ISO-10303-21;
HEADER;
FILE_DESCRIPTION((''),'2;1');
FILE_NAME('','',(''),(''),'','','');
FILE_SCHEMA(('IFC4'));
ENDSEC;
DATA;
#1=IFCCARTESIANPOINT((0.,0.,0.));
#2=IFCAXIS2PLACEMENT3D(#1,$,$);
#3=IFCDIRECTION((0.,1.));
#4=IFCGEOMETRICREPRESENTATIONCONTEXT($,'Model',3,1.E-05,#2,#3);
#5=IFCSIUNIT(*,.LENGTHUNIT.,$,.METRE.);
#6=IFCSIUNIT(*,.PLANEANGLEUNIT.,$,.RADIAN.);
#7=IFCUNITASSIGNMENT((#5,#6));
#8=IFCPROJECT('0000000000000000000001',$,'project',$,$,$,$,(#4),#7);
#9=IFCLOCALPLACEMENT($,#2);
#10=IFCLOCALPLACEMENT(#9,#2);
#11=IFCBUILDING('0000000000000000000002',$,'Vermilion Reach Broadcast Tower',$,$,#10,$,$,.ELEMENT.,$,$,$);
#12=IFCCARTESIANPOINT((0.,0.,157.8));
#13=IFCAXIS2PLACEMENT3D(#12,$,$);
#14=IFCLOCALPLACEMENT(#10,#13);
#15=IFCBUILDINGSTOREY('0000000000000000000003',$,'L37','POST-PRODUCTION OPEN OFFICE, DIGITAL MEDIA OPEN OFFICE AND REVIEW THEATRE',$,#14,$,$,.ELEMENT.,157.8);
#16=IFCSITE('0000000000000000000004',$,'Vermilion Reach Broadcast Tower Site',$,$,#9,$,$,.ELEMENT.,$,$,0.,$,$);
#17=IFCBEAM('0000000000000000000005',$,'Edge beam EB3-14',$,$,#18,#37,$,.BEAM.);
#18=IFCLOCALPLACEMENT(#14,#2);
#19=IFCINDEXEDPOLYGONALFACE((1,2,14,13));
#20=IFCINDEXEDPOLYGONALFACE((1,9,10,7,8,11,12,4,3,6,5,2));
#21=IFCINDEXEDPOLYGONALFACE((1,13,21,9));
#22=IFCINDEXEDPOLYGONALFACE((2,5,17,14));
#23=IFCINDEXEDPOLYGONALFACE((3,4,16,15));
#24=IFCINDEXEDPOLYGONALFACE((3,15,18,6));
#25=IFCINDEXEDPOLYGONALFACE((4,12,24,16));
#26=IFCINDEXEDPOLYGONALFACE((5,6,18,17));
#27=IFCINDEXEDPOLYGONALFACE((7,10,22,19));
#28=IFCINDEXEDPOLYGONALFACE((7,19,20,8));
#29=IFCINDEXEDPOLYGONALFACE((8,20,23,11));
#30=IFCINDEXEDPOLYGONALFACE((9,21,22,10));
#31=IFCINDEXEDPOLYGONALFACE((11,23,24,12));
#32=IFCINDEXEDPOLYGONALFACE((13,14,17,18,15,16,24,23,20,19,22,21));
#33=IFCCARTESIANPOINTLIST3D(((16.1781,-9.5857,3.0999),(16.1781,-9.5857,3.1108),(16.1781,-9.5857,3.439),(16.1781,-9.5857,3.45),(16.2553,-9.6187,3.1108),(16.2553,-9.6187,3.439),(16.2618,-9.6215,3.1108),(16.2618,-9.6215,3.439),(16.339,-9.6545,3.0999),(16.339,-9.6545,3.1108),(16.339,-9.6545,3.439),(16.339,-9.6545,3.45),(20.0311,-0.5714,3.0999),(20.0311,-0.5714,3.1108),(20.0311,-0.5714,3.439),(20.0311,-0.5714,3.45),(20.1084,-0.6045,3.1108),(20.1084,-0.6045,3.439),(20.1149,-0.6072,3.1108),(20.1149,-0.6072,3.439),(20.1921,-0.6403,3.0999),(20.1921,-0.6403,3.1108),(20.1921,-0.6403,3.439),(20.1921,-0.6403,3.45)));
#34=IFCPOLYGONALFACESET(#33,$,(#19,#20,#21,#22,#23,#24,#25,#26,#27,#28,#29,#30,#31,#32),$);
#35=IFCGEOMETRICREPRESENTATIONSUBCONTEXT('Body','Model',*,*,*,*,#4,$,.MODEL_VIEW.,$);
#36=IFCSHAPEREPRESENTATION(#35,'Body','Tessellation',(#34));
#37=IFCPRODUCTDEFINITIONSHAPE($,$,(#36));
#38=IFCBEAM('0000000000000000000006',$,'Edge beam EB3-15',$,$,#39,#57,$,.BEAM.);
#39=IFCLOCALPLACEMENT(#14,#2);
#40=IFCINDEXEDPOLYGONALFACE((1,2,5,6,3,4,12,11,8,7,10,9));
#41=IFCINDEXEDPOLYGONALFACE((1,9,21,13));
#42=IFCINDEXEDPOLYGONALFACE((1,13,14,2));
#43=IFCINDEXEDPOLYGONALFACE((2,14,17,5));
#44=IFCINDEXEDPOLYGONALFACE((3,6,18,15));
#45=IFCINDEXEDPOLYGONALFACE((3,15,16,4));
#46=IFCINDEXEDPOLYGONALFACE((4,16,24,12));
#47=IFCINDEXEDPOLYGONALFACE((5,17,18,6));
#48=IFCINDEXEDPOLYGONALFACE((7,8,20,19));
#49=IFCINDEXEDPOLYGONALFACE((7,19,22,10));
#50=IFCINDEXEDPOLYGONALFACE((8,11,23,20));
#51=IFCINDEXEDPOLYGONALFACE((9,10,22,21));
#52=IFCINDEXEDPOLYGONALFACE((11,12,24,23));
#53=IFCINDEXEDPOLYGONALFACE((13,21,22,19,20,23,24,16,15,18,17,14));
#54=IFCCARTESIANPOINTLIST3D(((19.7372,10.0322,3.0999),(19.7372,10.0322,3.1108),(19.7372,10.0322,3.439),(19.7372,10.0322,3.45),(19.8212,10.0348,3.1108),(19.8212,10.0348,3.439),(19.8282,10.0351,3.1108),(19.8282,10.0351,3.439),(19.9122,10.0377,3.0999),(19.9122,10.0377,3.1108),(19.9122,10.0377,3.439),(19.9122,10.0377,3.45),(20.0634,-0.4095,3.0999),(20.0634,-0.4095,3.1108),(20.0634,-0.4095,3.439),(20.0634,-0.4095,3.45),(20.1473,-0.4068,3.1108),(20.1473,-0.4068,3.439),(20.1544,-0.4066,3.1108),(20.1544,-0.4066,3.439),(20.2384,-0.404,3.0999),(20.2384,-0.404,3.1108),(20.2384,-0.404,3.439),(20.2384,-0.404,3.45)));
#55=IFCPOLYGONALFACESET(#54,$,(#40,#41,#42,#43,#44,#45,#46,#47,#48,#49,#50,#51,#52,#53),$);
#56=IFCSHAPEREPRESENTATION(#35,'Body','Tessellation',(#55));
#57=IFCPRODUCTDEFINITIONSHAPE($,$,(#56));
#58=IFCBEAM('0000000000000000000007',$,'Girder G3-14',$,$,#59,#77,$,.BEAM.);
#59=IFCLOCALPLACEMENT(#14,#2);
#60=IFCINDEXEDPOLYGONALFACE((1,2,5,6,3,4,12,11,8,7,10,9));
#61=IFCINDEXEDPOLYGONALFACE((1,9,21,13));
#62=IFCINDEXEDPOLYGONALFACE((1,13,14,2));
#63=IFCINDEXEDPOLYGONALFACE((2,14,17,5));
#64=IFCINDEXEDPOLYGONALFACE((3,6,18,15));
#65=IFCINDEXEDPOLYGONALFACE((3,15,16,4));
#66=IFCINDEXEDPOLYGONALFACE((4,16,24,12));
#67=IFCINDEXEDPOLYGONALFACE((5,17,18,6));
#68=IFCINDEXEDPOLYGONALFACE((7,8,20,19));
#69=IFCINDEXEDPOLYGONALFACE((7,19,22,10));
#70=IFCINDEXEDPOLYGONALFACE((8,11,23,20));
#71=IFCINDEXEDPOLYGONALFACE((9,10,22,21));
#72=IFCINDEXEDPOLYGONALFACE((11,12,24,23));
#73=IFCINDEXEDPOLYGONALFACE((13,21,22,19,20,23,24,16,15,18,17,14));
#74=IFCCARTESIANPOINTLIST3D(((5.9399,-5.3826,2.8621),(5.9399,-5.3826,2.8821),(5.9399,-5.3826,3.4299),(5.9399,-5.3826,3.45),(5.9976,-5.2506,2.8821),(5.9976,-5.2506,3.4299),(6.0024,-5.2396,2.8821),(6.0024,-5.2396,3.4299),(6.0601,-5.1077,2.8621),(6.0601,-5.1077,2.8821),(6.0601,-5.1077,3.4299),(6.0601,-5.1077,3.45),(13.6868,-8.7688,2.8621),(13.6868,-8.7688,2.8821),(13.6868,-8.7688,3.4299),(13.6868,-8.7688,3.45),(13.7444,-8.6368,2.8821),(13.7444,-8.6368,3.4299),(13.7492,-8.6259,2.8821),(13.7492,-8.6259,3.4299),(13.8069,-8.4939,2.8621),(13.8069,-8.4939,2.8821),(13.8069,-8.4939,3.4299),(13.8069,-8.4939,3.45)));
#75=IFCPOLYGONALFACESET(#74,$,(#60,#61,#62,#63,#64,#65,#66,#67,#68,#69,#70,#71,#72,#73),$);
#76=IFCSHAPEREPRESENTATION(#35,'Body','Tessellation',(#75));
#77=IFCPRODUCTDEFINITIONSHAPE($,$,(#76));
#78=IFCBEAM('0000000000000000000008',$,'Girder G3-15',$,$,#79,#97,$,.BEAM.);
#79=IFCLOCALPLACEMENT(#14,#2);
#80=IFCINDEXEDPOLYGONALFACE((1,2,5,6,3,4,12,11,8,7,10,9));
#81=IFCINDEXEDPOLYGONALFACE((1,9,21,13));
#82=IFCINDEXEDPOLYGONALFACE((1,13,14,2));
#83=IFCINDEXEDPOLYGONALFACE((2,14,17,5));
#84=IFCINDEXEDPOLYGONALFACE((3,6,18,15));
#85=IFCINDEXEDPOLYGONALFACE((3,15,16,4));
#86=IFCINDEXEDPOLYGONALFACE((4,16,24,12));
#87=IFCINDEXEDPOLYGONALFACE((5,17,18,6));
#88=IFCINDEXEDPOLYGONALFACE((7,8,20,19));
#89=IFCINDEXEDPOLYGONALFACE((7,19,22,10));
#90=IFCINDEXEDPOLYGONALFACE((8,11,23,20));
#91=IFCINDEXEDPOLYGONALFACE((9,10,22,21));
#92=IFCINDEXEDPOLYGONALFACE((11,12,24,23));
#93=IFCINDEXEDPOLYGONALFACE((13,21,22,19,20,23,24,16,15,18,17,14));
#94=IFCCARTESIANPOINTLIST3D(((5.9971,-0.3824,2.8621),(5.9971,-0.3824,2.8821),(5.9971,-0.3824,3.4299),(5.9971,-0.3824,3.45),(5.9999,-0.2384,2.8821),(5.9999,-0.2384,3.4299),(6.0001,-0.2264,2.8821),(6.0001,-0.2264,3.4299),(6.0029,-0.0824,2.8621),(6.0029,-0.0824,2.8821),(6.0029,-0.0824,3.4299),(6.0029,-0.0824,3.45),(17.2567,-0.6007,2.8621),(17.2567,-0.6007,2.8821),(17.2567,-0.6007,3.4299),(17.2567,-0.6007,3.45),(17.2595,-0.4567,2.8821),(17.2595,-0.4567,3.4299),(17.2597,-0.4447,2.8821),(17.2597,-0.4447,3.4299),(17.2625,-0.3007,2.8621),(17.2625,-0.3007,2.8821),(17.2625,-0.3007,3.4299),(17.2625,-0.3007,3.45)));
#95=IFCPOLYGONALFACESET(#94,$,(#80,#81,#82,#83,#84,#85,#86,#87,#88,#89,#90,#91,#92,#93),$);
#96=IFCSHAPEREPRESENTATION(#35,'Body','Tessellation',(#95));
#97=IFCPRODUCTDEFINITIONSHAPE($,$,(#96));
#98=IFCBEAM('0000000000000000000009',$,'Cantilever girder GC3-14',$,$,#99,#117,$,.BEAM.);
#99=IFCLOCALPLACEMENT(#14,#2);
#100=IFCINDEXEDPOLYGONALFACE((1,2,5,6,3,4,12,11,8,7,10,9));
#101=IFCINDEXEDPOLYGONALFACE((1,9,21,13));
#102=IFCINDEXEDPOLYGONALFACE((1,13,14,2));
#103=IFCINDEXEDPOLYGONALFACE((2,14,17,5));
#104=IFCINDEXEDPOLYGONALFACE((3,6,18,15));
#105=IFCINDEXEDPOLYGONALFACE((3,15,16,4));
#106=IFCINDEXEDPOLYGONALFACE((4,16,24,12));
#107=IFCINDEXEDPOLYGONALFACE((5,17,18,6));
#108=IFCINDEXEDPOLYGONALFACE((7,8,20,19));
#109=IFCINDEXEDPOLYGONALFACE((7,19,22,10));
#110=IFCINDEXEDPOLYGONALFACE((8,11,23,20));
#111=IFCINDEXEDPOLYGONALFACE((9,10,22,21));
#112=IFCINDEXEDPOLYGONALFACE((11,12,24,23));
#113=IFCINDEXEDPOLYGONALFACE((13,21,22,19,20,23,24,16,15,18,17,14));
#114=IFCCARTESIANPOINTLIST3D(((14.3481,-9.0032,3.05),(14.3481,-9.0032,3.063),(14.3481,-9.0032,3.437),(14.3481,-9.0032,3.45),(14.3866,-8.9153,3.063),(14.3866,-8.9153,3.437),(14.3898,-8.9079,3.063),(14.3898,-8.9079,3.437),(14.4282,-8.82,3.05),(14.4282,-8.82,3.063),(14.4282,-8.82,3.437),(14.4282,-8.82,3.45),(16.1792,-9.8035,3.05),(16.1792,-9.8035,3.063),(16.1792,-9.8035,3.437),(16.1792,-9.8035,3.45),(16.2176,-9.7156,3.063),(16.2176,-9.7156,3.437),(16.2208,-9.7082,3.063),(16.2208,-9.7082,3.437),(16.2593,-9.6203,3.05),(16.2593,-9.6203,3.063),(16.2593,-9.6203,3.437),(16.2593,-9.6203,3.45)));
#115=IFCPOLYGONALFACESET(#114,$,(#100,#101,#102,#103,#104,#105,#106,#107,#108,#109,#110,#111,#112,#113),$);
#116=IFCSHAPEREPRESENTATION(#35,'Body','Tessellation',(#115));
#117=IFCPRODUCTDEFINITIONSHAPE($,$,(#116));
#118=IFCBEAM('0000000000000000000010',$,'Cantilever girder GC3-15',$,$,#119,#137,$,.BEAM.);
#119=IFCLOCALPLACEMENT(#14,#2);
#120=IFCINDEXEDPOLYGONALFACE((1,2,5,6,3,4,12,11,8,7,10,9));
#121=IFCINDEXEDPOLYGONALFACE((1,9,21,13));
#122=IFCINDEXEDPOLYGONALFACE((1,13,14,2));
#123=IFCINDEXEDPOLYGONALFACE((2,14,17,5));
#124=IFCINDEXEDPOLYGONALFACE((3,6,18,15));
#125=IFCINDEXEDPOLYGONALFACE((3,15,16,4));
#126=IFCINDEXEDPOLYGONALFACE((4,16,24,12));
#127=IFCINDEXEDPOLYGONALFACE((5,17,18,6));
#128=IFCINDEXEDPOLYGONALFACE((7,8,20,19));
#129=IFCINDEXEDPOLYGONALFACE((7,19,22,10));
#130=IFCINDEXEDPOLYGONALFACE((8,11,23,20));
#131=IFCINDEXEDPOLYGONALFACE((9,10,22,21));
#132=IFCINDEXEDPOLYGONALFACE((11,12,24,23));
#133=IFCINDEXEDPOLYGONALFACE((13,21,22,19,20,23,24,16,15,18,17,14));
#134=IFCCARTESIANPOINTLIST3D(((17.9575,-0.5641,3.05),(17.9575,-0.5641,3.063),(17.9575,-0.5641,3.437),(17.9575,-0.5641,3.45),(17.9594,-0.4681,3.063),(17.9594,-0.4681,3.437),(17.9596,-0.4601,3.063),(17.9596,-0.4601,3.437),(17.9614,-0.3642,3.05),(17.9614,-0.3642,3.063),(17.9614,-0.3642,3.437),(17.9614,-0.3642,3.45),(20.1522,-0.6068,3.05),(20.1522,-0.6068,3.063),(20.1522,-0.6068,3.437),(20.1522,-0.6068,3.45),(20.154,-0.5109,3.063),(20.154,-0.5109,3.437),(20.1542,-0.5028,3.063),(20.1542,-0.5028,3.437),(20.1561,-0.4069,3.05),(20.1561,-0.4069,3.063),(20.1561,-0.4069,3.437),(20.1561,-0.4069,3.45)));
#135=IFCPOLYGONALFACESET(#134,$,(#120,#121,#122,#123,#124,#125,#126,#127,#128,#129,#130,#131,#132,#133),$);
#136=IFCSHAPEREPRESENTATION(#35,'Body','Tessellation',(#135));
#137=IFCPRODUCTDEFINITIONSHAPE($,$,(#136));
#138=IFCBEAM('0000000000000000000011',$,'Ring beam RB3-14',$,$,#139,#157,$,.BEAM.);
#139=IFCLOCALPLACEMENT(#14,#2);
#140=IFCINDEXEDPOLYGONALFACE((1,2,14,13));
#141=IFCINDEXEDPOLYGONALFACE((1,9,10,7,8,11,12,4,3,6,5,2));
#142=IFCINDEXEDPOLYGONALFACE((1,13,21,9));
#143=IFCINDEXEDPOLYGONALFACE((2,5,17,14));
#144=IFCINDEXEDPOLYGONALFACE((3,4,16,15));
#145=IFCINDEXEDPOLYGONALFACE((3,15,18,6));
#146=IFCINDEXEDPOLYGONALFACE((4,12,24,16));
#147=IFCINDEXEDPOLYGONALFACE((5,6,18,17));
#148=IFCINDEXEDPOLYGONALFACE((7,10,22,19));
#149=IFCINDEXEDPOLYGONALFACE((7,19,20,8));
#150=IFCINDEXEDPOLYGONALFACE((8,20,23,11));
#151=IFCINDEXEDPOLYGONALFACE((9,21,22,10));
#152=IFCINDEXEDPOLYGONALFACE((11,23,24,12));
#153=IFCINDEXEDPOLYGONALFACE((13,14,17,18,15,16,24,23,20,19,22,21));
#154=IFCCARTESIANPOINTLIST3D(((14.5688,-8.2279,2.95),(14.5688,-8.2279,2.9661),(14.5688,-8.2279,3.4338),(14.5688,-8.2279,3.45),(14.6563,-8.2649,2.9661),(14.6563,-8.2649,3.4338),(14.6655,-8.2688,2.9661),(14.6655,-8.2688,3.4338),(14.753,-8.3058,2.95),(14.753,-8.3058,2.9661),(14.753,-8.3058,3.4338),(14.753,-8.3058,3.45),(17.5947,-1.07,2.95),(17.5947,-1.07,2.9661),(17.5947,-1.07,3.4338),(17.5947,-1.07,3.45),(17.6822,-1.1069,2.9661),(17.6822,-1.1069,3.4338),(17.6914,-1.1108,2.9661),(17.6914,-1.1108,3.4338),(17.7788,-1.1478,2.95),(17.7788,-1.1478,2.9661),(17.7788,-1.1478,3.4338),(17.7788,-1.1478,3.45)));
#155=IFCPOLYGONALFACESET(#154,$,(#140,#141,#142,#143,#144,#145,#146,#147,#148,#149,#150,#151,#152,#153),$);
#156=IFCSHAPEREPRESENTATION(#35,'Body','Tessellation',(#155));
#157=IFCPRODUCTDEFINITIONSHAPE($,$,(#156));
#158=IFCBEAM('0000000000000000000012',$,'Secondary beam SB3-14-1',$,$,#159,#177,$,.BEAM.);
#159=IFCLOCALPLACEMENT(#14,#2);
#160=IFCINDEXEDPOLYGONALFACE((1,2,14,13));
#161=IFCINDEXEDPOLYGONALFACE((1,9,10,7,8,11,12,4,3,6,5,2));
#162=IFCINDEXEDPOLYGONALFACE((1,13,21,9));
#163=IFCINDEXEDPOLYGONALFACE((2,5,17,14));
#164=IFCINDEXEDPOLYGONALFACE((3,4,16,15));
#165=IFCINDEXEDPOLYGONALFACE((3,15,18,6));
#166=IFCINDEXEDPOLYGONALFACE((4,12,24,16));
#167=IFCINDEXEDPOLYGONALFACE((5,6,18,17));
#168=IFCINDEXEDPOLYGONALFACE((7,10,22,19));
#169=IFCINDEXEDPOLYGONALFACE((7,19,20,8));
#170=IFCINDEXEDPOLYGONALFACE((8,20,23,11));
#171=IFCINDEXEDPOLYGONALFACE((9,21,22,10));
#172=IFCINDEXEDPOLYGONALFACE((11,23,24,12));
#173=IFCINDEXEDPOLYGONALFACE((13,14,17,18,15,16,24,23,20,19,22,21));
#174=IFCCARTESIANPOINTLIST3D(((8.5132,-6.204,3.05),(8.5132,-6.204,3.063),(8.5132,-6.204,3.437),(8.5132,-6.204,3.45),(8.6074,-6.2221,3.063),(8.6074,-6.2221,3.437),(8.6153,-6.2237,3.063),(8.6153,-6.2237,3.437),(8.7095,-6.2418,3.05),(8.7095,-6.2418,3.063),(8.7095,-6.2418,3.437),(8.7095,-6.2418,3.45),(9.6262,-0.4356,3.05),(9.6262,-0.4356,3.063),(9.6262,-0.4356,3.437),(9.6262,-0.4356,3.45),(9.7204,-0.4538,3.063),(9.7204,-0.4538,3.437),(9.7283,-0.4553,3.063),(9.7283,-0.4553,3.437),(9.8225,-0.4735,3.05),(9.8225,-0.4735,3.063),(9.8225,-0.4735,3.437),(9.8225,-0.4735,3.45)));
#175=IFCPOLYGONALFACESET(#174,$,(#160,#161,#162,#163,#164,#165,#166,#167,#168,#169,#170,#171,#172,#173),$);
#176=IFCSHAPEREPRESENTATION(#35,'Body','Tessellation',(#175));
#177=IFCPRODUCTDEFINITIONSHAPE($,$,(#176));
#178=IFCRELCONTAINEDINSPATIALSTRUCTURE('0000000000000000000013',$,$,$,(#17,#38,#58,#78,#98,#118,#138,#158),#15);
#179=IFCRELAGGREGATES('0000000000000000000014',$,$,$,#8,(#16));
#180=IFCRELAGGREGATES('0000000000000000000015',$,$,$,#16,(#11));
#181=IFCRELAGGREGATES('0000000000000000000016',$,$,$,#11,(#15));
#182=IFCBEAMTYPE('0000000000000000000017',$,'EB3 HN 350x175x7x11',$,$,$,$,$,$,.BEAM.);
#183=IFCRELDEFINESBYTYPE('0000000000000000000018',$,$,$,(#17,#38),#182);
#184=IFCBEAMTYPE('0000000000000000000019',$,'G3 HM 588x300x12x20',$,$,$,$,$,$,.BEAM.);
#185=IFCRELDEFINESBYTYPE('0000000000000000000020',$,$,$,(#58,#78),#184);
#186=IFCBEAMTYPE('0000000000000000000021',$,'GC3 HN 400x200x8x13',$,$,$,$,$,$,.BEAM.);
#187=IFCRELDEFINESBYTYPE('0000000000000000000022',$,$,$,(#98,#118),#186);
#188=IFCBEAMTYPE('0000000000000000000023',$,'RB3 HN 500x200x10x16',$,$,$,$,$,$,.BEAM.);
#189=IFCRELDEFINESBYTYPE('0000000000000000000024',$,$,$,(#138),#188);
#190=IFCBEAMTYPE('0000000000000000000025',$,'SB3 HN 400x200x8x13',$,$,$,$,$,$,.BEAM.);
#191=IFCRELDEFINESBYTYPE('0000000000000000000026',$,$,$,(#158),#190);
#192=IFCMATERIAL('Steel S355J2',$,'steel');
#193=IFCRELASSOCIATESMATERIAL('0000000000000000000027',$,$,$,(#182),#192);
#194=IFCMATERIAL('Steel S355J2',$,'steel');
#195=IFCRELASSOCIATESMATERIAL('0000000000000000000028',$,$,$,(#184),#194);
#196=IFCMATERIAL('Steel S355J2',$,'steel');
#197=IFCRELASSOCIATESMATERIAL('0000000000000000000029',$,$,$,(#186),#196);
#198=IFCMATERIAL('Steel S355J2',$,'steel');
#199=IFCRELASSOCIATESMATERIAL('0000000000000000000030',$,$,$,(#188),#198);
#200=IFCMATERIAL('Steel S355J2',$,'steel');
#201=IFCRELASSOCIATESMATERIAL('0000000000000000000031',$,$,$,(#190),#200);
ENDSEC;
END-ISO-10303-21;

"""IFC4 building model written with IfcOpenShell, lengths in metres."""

from ifc_helpers import new_model, si_unit, direction, frame, origin, origin_2d, place, context, subcontext, project, spatial, i_section, extrude, material, material_profile, profile_set, type_object, element, save


model = new_model("IFC4")

# Units and contexts
model_context = context("Model", 3, precision=1e-05, world=origin(), true_north=direction((0.0, 1.0)))
body_context = subcontext(model_context, "Body", "Model", "MODEL_VIEW")
ifc_project = project(units=[si_unit("LENGTHUNIT", "METRE"), si_unit("PLANEANGLEUNIT", "RADIAN")], contexts=[model_context])

# Site, building, storey
site_placement = place(None, origin())
site = spatial("IfcSite", under=ifc_project, at=site_placement, Name="Vermilion Reach Broadcast Tower Site", CompositionType="ELEMENT", RefElevation=0.0)
building_placement = place(site_placement, origin())
building = spatial("IfcBuilding", under=site, at=building_placement, Name="Vermilion Reach Broadcast Tower", CompositionType="ELEMENT")
storey_placement = place(building_placement, frame((0.0, 0.0, 157.8)))
storey = spatial("IfcBuildingStorey", under=building, at=storey_placement, Name="L37", Description="POST-PRODUCTION OPEN OFFICE, DIGITAL MEDIA OPEN OFFICE AND REVIEW THEATRE", CompositionType="ELEMENT", Elevation=157.8)

# Beams
ifc_material_1 = material(Name="Steel S355J2", Category="steel")
ifc_material_profile_1 = material_profile(ifc_material_1, i_section(OverallWidth=0.175, OverallDepth=0.3501, WebThickness=0.0071, FlangeThickness=0.011, at=origin_2d()), Name="S355J2 HN 350x175x7x11")
ifc_profile_set_1 = profile_set([ifc_material_profile_1], Name="Steel S355J2")
beam_type_1 = type_object("IfcBeamType", Name="EB3 HN 350x175x7x11", PredefinedType="BEAM", material=ifc_profile_set_1)
beam_1_placement = place(storey_placement, frame((16.2585, -9.6201, 3.2749), z_axis=(0.393041, 0.919521, 0.0), x_axis=(-0.919521, 0.393041, 0.0)))
element("IfcBeam", 1, at=beam_1_placement, inside=storey, type_object=beam_type_1, Name="Edge beam EB3-14", PredefinedType="BEAM", context=body_context, shape_type="SweptSolid", body=[
    extrude(i_section(OverallWidth=0.175, OverallDepth=0.3501, WebThickness=0.0071, FlangeThickness=0.011, at=origin_2d()), origin(), (0.0, 0.0, 1.0), 9.8032),
])
beam_2_placement = place(storey_placement, frame((20.1509, -0.4067, 3.2749), z_axis=(-0.031222, 0.999512, 0.0), x_axis=(-0.999512, -0.031222, 0.0)))
element("IfcBeam", 2, at=beam_2_placement, inside=storey, type_object=beam_type_1, Name="Edge beam EB3-15", PredefinedType="BEAM", context=body_context, shape_type="SweptSolid", body=[
    extrude(i_section(OverallWidth=0.175, OverallDepth=0.3501, WebThickness=0.0071, FlangeThickness=0.011, at=origin_2d()), origin(), (0.0, 0.0, 1.0), 10.4468),
])
ifc_material_2 = material(Name="Steel S355J2", Category="steel")
ifc_material_profile_2 = material_profile(ifc_material_2, i_section(OverallWidth=0.3, OverallDepth=0.5879, WebThickness=0.012, FlangeThickness=0.02, at=origin_2d()), Name="S355J2 HM 588x300x12x20")
ifc_profile_set_2 = profile_set([ifc_material_profile_2], Name="Steel S355J2")
beam_type_2 = type_object("IfcBeamType", Name="G3 HM 588x300x12x20", PredefinedType="BEAM", material=ifc_profile_set_2)
beam_3_placement = place(storey_placement, frame((6.0, -5.2451, 3.156), z_axis=(0.916288, -0.40052, 0.0), x_axis=(0.40052, 0.916288, 0.0)))
element("IfcBeam", 3, at=beam_3_placement, inside=storey, type_object=beam_type_2, Name="Girder G3-14", PredefinedType="BEAM", context=body_context, shape_type="SweptSolid", body=[
    extrude(i_section(OverallWidth=0.3, OverallDepth=0.5879, WebThickness=0.012, FlangeThickness=0.02, at=origin_2d()), origin(), (0.0, 0.0, 1.0), 8.4546),
])
beam_4_placement = place(storey_placement, frame((6.0, -0.2324, 3.156), z_axis=(0.999812, -0.019381, 0.0), x_axis=(0.019381, 0.999812, 0.0)))
element("IfcBeam", 4, at=beam_4_placement, inside=storey, type_object=beam_type_2, Name="Girder G3-15", PredefinedType="BEAM", context=body_context, shape_type="SweptSolid", body=[
    extrude(i_section(OverallWidth=0.3, OverallDepth=0.5879, WebThickness=0.012, FlangeThickness=0.02, at=origin_2d()), origin(), (0.0, 0.0, 1.0), 11.2617),
])
ifc_material_3 = material(Name="Steel S355J2", Category="steel")
ifc_material_profile_3 = material_profile(ifc_material_3, i_section(OverallWidth=0.2, OverallDepth=0.3999, WebThickness=0.0081, FlangeThickness=0.0129, at=origin_2d()), Name="S355J2 HN 400x200x8x13")
ifc_profile_set_3 = profile_set([ifc_material_profile_3], Name="Steel S355J2")
beam_type_3 = type_object("IfcBeamType", Name="GC3 HN 400x200x8x13", PredefinedType="BEAM", material=ifc_profile_set_3)
beam_5_placement = place(storey_placement, frame((14.3882, -8.9116, 3.25), z_axis=(0.916303, -0.400486, 0.0), x_axis=(0.400486, 0.916303, 0.0)))
element("IfcBeam", 5, at=beam_5_placement, inside=storey, type_object=beam_type_3, Name="Cantilever girder GC3-14", PredefinedType="BEAM", context=body_context, shape_type="SweptSolid", body=[
    extrude(i_section(OverallWidth=0.2, OverallDepth=0.3999, WebThickness=0.0081, FlangeThickness=0.0129, at=origin_2d()), origin(), (0.0, 0.0, 1.0), 1.9983),
])
beam_6_placement = place(storey_placement, frame((17.9595, -0.4641, 3.25), z_axis=(0.999811, -0.019465, 0.0), x_axis=(0.019465, 0.999811, 0.0)))
element("IfcBeam", 6, at=beam_6_placement, inside=storey, type_object=beam_type_3, Name="Cantilever girder GC3-15", PredefinedType="BEAM", context=body_context, shape_type="SweptSolid", body=[
    extrude(i_section(OverallWidth=0.2, OverallDepth=0.3999, WebThickness=0.0081, FlangeThickness=0.0129, at=origin_2d()), origin(), (0.0, 0.0, 1.0), 2.1951),
])
ifc_material_4 = material(Name="Steel S355J2", Category="steel")
ifc_material_profile_4 = material_profile(ifc_material_4, i_section(OverallWidth=0.2, OverallDepth=0.5, WebThickness=0.01, FlangeThickness=0.0161, at=origin_2d()), Name="S355J2 HN 500x200x10x16")
ifc_profile_set_4 = profile_set([ifc_material_profile_4], Name="Steel S355J2")
beam_type_4 = type_object("IfcBeamType", Name="RB3 HN 500x200x10x16", PredefinedType="BEAM", material=ifc_profile_set_4)
beam_7_placement = place(storey_placement, frame((14.6609, -8.2668, 3.2), z_axis=(0.389368, 0.921082, 0.0), x_axis=(-0.921082, 0.389368, 0.0)))
element("IfcBeam", 7, at=beam_7_placement, inside=storey, type_object=beam_type_4, Name="Ring beam RB3-14", PredefinedType="BEAM", context=body_context, shape_type="SweptSolid", body=[
    extrude(i_section(OverallWidth=0.2, OverallDepth=0.5, WebThickness=0.01, FlangeThickness=0.0161, at=origin_2d()), origin(), (0.0, 0.0, 1.0), 7.7712),
])
ifc_material_5 = material(Name="Steel S355J2", Category="steel")
ifc_material_profile_5 = material_profile(ifc_material_5, i_section(OverallWidth=0.2, OverallDepth=0.3999, WebThickness=0.0081, FlangeThickness=0.0129, at=origin_2d()), Name="S355J2 HN 400x200x8x13")
ifc_profile_set_5 = profile_set([ifc_material_profile_5], Name="Steel S355J2")
beam_type_5 = type_object("IfcBeamType", Name="SB3 HN 400x200x8x13", PredefinedType="BEAM", material=ifc_profile_set_5)
beam_8_placement = place(storey_placement, frame((8.6113, -6.2229, 3.25), z_axis=(0.189462, 0.981888, 0.0), x_axis=(-0.981888, 0.189462, 0.0)))
element("IfcBeam", 8, at=beam_8_placement, inside=storey, type_object=beam_type_5, Name="Secondary beam SB3-14-1", PredefinedType="BEAM", context=body_context, shape_type="SweptSolid", body=[
    extrude(i_section(OverallWidth=0.2, OverallDepth=0.3999, WebThickness=0.0081, FlangeThickness=0.0129, at=origin_2d()), origin(), (0.0, 0.0, 1.0), 5.8748),
])

save(model, "model.ifc")
